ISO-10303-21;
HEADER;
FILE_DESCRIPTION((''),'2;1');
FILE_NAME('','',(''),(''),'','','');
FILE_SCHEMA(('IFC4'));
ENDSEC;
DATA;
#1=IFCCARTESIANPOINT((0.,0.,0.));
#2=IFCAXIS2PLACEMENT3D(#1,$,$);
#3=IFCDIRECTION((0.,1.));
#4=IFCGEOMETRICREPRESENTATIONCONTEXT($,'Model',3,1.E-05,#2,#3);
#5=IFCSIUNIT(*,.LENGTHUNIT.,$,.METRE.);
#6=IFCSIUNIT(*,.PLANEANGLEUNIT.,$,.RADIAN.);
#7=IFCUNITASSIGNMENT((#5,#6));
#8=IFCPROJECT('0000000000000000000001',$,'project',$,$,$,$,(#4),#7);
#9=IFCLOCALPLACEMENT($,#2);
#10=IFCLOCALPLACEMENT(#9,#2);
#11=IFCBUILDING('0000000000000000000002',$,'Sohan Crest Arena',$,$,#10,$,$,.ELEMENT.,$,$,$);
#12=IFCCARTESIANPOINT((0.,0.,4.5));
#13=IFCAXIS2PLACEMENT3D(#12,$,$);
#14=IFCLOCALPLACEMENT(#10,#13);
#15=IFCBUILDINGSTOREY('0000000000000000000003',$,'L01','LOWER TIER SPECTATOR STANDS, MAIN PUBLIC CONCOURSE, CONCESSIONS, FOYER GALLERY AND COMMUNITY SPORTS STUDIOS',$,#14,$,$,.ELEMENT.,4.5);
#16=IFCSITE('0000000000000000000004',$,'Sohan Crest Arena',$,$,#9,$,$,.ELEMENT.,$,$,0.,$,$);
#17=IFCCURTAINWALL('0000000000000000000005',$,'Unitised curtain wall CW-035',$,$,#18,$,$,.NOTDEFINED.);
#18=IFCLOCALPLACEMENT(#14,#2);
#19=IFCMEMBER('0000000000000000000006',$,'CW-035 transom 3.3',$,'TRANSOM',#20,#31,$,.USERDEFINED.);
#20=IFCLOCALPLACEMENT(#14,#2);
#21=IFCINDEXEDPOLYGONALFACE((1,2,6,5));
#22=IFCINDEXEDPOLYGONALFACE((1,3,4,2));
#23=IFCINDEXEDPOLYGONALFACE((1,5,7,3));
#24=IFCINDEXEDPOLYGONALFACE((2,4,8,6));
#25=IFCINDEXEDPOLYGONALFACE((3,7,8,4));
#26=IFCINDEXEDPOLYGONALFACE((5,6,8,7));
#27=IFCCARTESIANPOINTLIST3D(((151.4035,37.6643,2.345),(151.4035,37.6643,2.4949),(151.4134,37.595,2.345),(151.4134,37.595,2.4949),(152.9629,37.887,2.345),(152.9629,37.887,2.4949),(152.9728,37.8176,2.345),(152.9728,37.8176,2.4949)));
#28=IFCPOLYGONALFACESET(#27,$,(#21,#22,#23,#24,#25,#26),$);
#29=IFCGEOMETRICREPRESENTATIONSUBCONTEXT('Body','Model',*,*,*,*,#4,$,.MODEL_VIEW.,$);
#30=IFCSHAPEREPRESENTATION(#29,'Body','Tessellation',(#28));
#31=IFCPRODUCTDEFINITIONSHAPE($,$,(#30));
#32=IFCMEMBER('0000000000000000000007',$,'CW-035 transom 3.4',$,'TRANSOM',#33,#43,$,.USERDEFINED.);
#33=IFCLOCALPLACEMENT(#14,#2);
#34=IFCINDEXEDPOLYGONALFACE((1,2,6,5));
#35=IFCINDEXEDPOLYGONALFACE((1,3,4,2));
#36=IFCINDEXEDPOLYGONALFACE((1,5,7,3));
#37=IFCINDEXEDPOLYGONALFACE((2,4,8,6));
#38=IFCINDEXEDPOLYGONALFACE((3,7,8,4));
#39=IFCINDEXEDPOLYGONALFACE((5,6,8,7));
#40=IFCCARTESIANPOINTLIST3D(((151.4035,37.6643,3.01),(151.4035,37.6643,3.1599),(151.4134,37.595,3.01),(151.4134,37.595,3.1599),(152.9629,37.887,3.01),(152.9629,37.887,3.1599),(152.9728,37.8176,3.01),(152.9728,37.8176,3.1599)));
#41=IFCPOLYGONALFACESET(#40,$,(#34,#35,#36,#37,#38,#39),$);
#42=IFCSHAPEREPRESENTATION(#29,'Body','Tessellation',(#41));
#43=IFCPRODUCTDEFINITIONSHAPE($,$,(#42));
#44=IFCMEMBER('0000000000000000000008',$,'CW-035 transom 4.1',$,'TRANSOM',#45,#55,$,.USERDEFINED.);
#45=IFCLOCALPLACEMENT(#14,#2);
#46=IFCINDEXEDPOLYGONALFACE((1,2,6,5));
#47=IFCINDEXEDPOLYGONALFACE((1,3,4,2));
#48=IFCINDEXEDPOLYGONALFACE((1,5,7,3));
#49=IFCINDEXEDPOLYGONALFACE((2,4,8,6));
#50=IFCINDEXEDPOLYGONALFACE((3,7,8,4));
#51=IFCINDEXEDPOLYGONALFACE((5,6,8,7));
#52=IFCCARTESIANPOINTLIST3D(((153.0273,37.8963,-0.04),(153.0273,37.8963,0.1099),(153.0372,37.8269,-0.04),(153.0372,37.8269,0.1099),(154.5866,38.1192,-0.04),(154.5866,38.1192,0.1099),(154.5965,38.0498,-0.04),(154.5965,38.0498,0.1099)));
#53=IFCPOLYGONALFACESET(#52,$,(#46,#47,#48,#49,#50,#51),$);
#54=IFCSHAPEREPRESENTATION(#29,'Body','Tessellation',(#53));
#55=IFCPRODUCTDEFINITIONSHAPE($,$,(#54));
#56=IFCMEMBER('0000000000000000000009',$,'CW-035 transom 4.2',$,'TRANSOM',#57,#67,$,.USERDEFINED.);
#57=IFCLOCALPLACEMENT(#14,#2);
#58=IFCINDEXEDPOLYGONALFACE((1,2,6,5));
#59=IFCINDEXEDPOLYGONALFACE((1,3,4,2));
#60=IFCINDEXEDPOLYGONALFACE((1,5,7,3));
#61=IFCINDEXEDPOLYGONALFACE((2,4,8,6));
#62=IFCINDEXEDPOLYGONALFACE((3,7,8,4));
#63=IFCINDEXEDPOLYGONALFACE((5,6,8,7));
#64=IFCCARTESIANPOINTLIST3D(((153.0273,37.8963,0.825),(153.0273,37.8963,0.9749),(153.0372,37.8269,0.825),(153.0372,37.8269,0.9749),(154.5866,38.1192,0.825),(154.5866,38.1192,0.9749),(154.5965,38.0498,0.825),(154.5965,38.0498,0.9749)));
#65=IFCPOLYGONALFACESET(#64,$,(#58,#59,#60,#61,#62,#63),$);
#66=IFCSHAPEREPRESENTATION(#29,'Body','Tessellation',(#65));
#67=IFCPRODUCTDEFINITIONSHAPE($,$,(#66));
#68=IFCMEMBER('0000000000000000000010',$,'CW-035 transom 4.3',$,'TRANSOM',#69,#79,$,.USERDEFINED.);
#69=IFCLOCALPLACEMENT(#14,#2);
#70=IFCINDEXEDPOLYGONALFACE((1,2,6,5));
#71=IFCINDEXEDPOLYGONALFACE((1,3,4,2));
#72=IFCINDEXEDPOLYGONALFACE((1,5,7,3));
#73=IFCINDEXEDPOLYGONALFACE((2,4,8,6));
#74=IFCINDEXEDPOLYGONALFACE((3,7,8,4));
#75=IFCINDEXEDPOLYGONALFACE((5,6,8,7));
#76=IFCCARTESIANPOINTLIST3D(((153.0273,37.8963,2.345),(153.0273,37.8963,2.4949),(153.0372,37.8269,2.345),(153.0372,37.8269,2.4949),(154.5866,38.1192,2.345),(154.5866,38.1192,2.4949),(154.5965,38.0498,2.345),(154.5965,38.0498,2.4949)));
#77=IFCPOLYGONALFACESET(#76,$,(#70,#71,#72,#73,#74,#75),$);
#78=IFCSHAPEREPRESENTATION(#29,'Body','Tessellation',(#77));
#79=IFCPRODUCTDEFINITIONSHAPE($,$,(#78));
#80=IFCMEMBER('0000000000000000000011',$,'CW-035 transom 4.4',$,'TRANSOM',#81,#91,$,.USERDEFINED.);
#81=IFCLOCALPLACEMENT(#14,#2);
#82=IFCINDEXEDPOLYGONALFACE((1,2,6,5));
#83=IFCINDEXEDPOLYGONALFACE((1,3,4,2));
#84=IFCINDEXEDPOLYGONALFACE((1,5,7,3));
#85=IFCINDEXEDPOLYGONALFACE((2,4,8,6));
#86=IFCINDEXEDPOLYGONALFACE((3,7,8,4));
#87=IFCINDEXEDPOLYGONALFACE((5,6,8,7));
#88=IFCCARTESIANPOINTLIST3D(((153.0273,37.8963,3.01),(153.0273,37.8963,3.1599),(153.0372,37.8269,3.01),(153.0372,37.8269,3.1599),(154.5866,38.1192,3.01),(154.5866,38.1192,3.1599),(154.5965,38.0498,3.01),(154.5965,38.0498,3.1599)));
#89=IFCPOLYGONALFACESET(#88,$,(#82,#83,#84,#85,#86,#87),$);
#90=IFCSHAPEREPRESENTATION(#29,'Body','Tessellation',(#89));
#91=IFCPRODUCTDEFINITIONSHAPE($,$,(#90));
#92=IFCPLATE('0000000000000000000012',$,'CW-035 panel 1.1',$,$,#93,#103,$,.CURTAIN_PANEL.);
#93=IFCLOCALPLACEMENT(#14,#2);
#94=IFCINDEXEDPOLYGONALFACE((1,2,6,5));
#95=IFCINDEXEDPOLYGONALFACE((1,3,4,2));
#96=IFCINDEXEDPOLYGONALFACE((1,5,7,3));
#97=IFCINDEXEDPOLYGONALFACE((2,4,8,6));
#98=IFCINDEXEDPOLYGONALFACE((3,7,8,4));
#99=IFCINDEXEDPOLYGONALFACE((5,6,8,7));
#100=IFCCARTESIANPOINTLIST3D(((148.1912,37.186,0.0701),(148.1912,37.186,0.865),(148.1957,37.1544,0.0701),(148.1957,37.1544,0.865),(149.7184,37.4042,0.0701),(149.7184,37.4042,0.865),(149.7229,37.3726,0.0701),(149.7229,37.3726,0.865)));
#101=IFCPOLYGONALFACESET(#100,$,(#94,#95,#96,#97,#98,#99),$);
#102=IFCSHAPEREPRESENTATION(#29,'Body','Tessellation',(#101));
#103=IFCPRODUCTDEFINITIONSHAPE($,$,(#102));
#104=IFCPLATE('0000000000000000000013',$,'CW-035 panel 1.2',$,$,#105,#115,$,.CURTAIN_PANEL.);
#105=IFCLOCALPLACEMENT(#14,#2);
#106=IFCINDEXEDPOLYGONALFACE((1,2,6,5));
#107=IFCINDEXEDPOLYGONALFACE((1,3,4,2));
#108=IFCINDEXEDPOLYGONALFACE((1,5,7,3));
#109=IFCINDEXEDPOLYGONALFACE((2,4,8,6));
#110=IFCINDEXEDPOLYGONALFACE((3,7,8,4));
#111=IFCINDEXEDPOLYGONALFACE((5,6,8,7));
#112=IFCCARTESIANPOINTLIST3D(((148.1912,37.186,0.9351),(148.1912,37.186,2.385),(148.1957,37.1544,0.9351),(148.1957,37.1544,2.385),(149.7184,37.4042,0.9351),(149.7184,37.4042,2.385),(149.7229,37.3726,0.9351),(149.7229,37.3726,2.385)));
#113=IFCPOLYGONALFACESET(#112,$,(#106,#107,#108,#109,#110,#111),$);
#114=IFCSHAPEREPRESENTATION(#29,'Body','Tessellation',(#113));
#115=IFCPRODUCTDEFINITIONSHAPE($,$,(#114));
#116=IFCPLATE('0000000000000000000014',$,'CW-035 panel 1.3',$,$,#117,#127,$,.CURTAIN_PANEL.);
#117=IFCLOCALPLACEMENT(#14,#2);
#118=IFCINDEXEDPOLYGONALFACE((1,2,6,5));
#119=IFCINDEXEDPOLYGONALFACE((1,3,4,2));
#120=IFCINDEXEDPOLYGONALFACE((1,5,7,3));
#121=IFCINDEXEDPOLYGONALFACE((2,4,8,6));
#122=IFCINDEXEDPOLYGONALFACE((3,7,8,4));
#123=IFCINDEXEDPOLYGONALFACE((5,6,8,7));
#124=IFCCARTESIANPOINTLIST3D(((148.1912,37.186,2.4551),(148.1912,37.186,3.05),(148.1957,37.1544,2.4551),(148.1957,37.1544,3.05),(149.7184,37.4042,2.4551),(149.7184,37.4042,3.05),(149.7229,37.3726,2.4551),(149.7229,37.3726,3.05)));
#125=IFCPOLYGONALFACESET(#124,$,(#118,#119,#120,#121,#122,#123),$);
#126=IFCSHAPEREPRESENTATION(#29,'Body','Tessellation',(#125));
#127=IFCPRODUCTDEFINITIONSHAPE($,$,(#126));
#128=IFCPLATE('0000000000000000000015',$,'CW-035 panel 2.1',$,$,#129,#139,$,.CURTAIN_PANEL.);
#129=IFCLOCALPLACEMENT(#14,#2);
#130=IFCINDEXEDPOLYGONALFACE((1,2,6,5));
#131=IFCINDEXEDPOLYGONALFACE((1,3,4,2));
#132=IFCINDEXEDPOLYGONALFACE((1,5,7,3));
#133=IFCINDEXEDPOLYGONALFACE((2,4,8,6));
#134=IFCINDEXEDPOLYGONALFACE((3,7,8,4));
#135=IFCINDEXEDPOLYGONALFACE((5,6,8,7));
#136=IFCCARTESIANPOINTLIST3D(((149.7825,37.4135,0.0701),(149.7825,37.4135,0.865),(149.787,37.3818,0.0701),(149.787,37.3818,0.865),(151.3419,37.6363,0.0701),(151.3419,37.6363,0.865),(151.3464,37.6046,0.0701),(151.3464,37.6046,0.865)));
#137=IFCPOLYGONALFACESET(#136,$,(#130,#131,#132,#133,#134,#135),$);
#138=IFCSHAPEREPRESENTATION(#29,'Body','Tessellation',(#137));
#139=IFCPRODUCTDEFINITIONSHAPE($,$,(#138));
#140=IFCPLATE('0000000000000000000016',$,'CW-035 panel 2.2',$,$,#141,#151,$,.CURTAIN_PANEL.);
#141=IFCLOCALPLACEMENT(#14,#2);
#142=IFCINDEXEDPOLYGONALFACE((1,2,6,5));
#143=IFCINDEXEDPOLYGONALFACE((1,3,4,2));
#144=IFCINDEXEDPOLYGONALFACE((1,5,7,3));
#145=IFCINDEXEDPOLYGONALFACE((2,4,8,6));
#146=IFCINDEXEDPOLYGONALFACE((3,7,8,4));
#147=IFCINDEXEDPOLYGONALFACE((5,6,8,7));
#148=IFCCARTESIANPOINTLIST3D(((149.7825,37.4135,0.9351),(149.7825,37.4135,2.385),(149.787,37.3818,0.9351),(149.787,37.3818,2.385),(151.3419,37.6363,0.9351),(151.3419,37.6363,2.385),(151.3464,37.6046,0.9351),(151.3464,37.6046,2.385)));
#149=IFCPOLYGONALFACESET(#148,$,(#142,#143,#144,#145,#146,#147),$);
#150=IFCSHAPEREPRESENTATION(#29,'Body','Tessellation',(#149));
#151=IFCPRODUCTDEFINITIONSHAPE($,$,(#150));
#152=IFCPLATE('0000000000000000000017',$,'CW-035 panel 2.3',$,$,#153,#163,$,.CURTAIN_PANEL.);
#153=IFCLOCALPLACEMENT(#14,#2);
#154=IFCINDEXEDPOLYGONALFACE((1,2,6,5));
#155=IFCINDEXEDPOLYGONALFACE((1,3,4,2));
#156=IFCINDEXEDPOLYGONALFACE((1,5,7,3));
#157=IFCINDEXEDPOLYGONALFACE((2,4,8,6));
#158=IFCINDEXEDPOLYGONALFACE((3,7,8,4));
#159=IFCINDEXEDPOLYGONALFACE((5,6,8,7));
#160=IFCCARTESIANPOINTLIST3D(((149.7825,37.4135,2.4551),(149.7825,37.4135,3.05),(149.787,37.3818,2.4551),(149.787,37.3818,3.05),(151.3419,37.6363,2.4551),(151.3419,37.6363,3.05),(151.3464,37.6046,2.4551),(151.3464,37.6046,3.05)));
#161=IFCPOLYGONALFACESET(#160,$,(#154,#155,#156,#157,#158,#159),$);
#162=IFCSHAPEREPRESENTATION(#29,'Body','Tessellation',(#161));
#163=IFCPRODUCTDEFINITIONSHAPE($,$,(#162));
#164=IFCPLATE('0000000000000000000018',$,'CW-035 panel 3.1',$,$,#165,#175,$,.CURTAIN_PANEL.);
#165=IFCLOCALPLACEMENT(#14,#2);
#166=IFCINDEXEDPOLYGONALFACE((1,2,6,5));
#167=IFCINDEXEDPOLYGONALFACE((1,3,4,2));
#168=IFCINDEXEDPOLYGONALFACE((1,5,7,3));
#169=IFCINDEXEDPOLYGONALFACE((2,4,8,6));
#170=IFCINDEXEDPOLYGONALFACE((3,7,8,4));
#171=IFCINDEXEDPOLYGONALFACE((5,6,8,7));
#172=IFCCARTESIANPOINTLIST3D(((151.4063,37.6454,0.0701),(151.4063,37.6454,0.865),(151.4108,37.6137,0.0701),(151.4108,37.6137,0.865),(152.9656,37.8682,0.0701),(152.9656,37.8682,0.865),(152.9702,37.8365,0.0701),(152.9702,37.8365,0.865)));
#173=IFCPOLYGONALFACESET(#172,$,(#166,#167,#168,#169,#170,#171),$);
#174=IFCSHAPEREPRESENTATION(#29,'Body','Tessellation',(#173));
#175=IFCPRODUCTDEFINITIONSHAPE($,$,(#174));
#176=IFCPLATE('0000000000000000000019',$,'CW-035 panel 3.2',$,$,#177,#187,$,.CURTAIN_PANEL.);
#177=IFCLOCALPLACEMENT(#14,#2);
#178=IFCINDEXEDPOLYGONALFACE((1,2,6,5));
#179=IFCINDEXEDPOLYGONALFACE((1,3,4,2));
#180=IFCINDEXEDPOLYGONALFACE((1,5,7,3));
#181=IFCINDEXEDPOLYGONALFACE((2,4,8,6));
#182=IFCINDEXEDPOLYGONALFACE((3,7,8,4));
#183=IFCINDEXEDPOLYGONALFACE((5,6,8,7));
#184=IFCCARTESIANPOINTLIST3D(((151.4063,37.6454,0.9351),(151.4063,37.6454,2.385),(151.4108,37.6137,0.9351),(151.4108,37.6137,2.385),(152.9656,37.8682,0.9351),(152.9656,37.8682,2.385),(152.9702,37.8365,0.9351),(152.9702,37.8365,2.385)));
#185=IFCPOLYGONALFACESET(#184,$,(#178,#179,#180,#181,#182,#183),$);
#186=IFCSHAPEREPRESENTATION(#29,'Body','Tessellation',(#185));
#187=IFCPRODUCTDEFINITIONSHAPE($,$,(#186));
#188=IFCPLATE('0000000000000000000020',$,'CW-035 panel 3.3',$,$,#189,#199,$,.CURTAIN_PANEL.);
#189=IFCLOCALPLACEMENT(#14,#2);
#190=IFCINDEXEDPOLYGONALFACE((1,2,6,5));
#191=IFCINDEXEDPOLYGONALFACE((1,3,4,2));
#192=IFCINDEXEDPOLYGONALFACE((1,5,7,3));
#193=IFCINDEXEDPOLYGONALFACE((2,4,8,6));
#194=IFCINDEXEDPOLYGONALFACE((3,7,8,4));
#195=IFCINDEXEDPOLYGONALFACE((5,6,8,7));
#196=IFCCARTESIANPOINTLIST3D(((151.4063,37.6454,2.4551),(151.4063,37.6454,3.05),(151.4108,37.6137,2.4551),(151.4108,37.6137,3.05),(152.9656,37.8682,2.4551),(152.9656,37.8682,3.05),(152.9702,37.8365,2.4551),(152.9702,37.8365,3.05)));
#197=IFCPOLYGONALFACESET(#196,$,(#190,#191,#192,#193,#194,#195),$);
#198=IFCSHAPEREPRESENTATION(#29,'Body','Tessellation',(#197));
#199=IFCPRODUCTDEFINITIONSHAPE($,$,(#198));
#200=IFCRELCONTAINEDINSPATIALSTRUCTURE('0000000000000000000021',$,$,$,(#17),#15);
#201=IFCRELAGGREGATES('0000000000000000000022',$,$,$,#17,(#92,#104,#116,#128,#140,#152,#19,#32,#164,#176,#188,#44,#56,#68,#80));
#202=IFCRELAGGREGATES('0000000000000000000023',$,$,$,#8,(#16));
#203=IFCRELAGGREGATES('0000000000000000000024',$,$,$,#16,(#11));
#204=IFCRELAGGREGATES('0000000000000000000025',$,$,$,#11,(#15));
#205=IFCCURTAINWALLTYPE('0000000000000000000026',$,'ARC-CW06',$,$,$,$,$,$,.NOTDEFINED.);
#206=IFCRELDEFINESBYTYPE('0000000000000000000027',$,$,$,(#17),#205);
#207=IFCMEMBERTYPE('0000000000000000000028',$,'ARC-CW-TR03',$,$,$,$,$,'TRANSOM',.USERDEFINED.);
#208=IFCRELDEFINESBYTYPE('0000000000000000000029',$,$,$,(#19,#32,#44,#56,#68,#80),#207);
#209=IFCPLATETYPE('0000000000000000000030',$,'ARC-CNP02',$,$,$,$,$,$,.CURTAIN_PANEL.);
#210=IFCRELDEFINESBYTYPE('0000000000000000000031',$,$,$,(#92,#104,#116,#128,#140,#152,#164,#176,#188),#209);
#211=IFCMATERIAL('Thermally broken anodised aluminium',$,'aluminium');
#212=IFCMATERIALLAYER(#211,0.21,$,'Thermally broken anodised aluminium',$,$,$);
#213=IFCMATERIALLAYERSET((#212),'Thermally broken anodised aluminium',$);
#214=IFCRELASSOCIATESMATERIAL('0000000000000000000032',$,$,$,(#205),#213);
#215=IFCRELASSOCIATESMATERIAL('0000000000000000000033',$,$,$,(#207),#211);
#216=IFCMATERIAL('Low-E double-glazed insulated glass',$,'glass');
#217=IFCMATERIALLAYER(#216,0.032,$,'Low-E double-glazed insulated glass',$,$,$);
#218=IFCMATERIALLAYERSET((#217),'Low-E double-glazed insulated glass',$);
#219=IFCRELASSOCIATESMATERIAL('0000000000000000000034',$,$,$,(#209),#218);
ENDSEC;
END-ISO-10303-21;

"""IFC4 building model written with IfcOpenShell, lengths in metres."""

from ifc_helpers import new_model, si_unit, direction, frame, origin, origin_2d, place, context, subcontext, project, spatial, rectangle, extrude, material, layer, layer_set, material_profile, profile_set, type_object, element, aggregate, save


model = new_model("IFC4")

# Units and contexts
model_context = context("Model", 3, precision=1e-05, world=origin(), true_north=direction((0.0, 1.0)))
body_context = subcontext(model_context, "Body", "Model", "MODEL_VIEW")
ifc_project = project(units=[si_unit("LENGTHUNIT", "METRE"), si_unit("PLANEANGLEUNIT", "RADIAN")], contexts=[model_context])

# Site, building, storey
site_placement = place(None, origin())
site = spatial("IfcSite", under=ifc_project, at=site_placement, Name="Sohan Crest Arena", CompositionType="ELEMENT", RefElevation=0.0)
building_placement = place(site_placement, origin())
building = spatial("IfcBuilding", under=site, at=building_placement, Name="Sohan Crest Arena", CompositionType="ELEMENT")
storey_placement = place(building_placement, frame((0.0, 0.0, 4.5)))
storey = spatial("IfcBuildingStorey", under=building, at=storey_placement, Name="L01", Description="LOWER TIER SPECTATOR STANDS, MAIN PUBLIC CONCOURSE, CONCESSIONS, FOYER GALLERY AND COMMUNITY SPORTS STUDIOS", CompositionType="ELEMENT", Elevation=4.5)

# Curtain wall, members, plates
ifc_material_1 = material(Name="Thermally broken anodised aluminium", Category="aluminium")
ifc_layer_1 = layer(ifc_material_1, 0.21, Name="Thermally broken anodised aluminium")
ifc_layer_set_1 = layer_set([ifc_layer_1], Name="Thermally broken anodised aluminium")
curtain_wall_type = type_object("IfcCurtainWallType", Name="ARC-CW06", PredefinedType="NOTDEFINED", material=ifc_layer_set_1)
curtain_wall_placement = place(storey_placement, origin())
curtain_wall = element("IfcCurtainWall", 1, at=curtain_wall_placement, inside=storey, type_object=curtain_wall_type, Name="Unitised curtain wall CW-035", PredefinedType="NOTDEFINED")
ifc_material_profile_1 = material_profile(ifc_material_1, rectangle(XDim=0.0701, YDim=0.1499, at=origin_2d()), Name="ALU-TRAN 70x150")
ifc_profile_set_1 = profile_set([ifc_material_profile_1], Name="Thermally broken anodised aluminium")
member_type_1 = type_object("IfcMemberType", Name="ARC-CW-TR03", ElementType="TRANSOM", PredefinedType="USERDEFINED", material=ifc_profile_set_1)
member_1_placement = place(storey_placement, frame((151.4084, 37.6296, 2.4199), z_axis=(0.989959, 0.141356, 0.0), x_axis=(-0.141356, 0.989959, 0.0)))
member_1 = element("IfcMember", 2, at=member_1_placement, type_object=member_type_1, Name="CW-035 transom 3.3", ObjectType="TRANSOM", PredefinedType="USERDEFINED", context=body_context, shape_type="SweptSolid", body=[
    extrude(rectangle(XDim=0.0701, YDim=0.1499, at=origin_2d()), origin(), (0.0, 0.0, 1.0), 1.5752),
])
member_2_placement = place(storey_placement, frame((151.4084, 37.6296, 3.085), z_axis=(0.989959, 0.141356, 0.0), x_axis=(-0.141356, 0.989959, 0.0)))
member_2 = element("IfcMember", 3, at=member_2_placement, type_object=member_type_1, Name="CW-035 transom 3.4", ObjectType="TRANSOM", PredefinedType="USERDEFINED", context=body_context, shape_type="SweptSolid", body=[
    extrude(rectangle(XDim=0.0701, YDim=0.1499, at=origin_2d()), origin(), (0.0, 0.0, 1.0), 1.5752),
])
member_3_placement = place(storey_placement, frame((153.0322, 37.8616, 0.0349), z_axis=(0.989937, 0.141508, 0.0), x_axis=(-0.141508, 0.989937, 0.0)))
member_3 = element("IfcMember", 4, at=member_3_placement, type_object=member_type_1, Name="CW-035 transom 4.1", ObjectType="TRANSOM", PredefinedType="USERDEFINED", context=body_context, shape_type="SweptSolid", body=[
    extrude(rectangle(XDim=0.0701, YDim=0.1499, at=origin_2d()), origin(), (0.0, 0.0, 1.0), 1.5752),
])
member_4_placement = place(storey_placement, frame((153.0322, 37.8616, 0.8999), z_axis=(0.989937, 0.141508, 0.0), x_axis=(-0.141508, 0.989937, 0.0)))
member_4 = element("IfcMember", 5, at=member_4_placement, type_object=member_type_1, Name="CW-035 transom 4.2", ObjectType="TRANSOM", PredefinedType="USERDEFINED", context=body_context, shape_type="SweptSolid", body=[
    extrude(rectangle(XDim=0.0701, YDim=0.1499, at=origin_2d()), origin(), (0.0, 0.0, 1.0), 1.5752),
])
member_5_placement = place(storey_placement, frame((153.0322, 37.8616, 2.4199), z_axis=(0.989937, 0.141508, 0.0), x_axis=(-0.141508, 0.989937, 0.0)))
member_5 = element("IfcMember", 6, at=member_5_placement, type_object=member_type_1, Name="CW-035 transom 4.3", ObjectType="TRANSOM", PredefinedType="USERDEFINED", context=body_context, shape_type="SweptSolid", body=[
    extrude(rectangle(XDim=0.0701, YDim=0.1499, at=origin_2d()), origin(), (0.0, 0.0, 1.0), 1.5752),
])
member_6_placement = place(storey_placement, frame((153.0322, 37.8616, 3.085), z_axis=(0.989937, 0.141508, 0.0), x_axis=(-0.141508, 0.989937, 0.0)))
member_6 = element("IfcMember", 7, at=member_6_placement, type_object=member_type_1, Name="CW-035 transom 4.4", ObjectType="TRANSOM", PredefinedType="USERDEFINED", context=body_context, shape_type="SweptSolid", body=[
    extrude(rectangle(XDim=0.0701, YDim=0.1499, at=origin_2d()), origin(), (0.0, 0.0, 1.0), 1.5752),
])
ifc_material_2 = material(Name="Low-E double-glazed insulated glass", Category="glass")
ifc_layer_2 = layer(ifc_material_2, 0.032, Name="Low-E double-glazed insulated glass")
ifc_layer_set_2 = layer_set([ifc_layer_2], Name="Low-E double-glazed insulated glass")
plate_type = type_object("IfcPlateType", Name="ARC-CNP02", PredefinedType="CURTAIN_PANEL", material=ifc_layer_set_2)
plate_1_placement = place(storey_placement, frame((148.957, 37.2793, 0.0701), z_axis=(0.0, 0.0, 1.0), x_axis=(0.989945, 0.14145, 0.0)))
plate_1 = element("IfcPlate", 8, at=plate_1_placement, type_object=plate_type, Name="CW-035 panel 1.1", PredefinedType="CURTAIN_PANEL", context=body_context, shape_type="SweptSolid", body=[
    extrude(rectangle(XDim=1.5427, YDim=0.032, at=origin_2d()), origin(), (0.0, 0.0, 1.0), 0.7949),
])
plate_2_placement = place(storey_placement, frame((148.957, 37.2793, 0.9351), z_axis=(0.0, 0.0, 1.0), x_axis=(0.989945, 0.14145, 0.0)))
plate_2 = element("IfcPlate", 9, at=plate_2_placement, type_object=plate_type, Name="CW-035 panel 1.2", PredefinedType="CURTAIN_PANEL", context=body_context, shape_type="SweptSolid", body=[
    extrude(rectangle(XDim=1.5427, YDim=0.032, at=origin_2d()), origin(), (0.0, 0.0, 1.0), 1.45),
])
plate_3_placement = place(storey_placement, frame((148.957, 37.2793, 2.4551), z_axis=(0.0, 0.0, 1.0), x_axis=(0.989945, 0.14145, 0.0)))
plate_3 = element("IfcPlate", 10, at=plate_3_placement, type_object=plate_type, Name="CW-035 panel 1.3", PredefinedType="CURTAIN_PANEL", context=body_context, shape_type="SweptSolid", body=[
    extrude(rectangle(XDim=1.5427, YDim=0.032, at=origin_2d()), origin(), (0.0, 0.0, 1.0), 0.595),
])
plate_4_placement = place(storey_placement, frame((150.5645, 37.509, 0.0701), z_axis=(0.0, 0.0, 1.0), x_axis=(0.989945, 0.14145, 0.0)))
plate_4 = element("IfcPlate", 11, at=plate_4_placement, type_object=plate_type, Name="CW-035 panel 2.1", PredefinedType="CURTAIN_PANEL", context=body_context, shape_type="SweptSolid", body=[
    extrude(rectangle(XDim=1.5752, YDim=0.032, at=origin_2d()), origin(), (0.0, 0.0, 1.0), 0.7949),
])
plate_5_placement = place(storey_placement, frame((150.5645, 37.509, 0.9351), z_axis=(0.0, 0.0, 1.0), x_axis=(0.989945, 0.14145, 0.0)))
plate_5 = element("IfcPlate", 12, at=plate_5_placement, type_object=plate_type, Name="CW-035 panel 2.2", PredefinedType="CURTAIN_PANEL", context=body_context, shape_type="SweptSolid", body=[
    extrude(rectangle(XDim=1.5752, YDim=0.032, at=origin_2d()), origin(), (0.0, 0.0, 1.0), 1.45),
])
plate_6_placement = place(storey_placement, frame((150.5645, 37.509, 2.4551), z_axis=(0.0, 0.0, 1.0), x_axis=(0.989945, 0.14145, 0.0)))
plate_6 = element("IfcPlate", 13, at=plate_6_placement, type_object=plate_type, Name="CW-035 panel 2.3", PredefinedType="CURTAIN_PANEL", context=body_context, shape_type="SweptSolid", body=[
    extrude(rectangle(XDim=1.5752, YDim=0.032, at=origin_2d()), origin(), (0.0, 0.0, 1.0), 0.595),
])
plate_7_placement = place(storey_placement, frame((152.1882, 37.741, 0.0701), z_axis=(0.0, 0.0, 1.0), x_axis=(0.989945, 0.14145, 0.0)))
plate_7 = element("IfcPlate", 14, at=plate_7_placement, type_object=plate_type, Name="CW-035 panel 3.1", PredefinedType="CURTAIN_PANEL", context=body_context, shape_type="SweptSolid", body=[
    extrude(rectangle(XDim=1.5752, YDim=0.032, at=origin_2d()), origin(), (0.0, 0.0, 1.0), 0.7949),
])
plate_8_placement = place(storey_placement, frame((152.1882, 37.741, 0.9351), z_axis=(0.0, 0.0, 1.0), x_axis=(0.989945, 0.14145, 0.0)))
plate_8 = element("IfcPlate", 15, at=plate_8_placement, type_object=plate_type, Name="CW-035 panel 3.2", PredefinedType="CURTAIN_PANEL", context=body_context, shape_type="SweptSolid", body=[
    extrude(rectangle(XDim=1.5752, YDim=0.032, at=origin_2d()), origin(), (0.0, 0.0, 1.0), 1.45),
])
plate_9_placement = place(storey_placement, frame((152.1882, 37.741, 2.4551), z_axis=(0.0, 0.0, 1.0), x_axis=(0.989945, 0.14145, 0.0)))
plate_9 = element("IfcPlate", 16, at=plate_9_placement, type_object=plate_type, Name="CW-035 panel 3.3", PredefinedType="CURTAIN_PANEL", context=body_context, shape_type="SweptSolid", body=[
    extrude(rectangle(XDim=1.5752, YDim=0.032, at=origin_2d()), origin(), (0.0, 0.0, 1.0), 0.595),
])
aggregate(curtain_wall, [plate_1, plate_2, plate_3, plate_4, plate_5, plate_6, member_1, member_2, plate_7, plate_8, plate_9, member_3, member_4, member_5, member_6])

save(model, "model.ifc")
